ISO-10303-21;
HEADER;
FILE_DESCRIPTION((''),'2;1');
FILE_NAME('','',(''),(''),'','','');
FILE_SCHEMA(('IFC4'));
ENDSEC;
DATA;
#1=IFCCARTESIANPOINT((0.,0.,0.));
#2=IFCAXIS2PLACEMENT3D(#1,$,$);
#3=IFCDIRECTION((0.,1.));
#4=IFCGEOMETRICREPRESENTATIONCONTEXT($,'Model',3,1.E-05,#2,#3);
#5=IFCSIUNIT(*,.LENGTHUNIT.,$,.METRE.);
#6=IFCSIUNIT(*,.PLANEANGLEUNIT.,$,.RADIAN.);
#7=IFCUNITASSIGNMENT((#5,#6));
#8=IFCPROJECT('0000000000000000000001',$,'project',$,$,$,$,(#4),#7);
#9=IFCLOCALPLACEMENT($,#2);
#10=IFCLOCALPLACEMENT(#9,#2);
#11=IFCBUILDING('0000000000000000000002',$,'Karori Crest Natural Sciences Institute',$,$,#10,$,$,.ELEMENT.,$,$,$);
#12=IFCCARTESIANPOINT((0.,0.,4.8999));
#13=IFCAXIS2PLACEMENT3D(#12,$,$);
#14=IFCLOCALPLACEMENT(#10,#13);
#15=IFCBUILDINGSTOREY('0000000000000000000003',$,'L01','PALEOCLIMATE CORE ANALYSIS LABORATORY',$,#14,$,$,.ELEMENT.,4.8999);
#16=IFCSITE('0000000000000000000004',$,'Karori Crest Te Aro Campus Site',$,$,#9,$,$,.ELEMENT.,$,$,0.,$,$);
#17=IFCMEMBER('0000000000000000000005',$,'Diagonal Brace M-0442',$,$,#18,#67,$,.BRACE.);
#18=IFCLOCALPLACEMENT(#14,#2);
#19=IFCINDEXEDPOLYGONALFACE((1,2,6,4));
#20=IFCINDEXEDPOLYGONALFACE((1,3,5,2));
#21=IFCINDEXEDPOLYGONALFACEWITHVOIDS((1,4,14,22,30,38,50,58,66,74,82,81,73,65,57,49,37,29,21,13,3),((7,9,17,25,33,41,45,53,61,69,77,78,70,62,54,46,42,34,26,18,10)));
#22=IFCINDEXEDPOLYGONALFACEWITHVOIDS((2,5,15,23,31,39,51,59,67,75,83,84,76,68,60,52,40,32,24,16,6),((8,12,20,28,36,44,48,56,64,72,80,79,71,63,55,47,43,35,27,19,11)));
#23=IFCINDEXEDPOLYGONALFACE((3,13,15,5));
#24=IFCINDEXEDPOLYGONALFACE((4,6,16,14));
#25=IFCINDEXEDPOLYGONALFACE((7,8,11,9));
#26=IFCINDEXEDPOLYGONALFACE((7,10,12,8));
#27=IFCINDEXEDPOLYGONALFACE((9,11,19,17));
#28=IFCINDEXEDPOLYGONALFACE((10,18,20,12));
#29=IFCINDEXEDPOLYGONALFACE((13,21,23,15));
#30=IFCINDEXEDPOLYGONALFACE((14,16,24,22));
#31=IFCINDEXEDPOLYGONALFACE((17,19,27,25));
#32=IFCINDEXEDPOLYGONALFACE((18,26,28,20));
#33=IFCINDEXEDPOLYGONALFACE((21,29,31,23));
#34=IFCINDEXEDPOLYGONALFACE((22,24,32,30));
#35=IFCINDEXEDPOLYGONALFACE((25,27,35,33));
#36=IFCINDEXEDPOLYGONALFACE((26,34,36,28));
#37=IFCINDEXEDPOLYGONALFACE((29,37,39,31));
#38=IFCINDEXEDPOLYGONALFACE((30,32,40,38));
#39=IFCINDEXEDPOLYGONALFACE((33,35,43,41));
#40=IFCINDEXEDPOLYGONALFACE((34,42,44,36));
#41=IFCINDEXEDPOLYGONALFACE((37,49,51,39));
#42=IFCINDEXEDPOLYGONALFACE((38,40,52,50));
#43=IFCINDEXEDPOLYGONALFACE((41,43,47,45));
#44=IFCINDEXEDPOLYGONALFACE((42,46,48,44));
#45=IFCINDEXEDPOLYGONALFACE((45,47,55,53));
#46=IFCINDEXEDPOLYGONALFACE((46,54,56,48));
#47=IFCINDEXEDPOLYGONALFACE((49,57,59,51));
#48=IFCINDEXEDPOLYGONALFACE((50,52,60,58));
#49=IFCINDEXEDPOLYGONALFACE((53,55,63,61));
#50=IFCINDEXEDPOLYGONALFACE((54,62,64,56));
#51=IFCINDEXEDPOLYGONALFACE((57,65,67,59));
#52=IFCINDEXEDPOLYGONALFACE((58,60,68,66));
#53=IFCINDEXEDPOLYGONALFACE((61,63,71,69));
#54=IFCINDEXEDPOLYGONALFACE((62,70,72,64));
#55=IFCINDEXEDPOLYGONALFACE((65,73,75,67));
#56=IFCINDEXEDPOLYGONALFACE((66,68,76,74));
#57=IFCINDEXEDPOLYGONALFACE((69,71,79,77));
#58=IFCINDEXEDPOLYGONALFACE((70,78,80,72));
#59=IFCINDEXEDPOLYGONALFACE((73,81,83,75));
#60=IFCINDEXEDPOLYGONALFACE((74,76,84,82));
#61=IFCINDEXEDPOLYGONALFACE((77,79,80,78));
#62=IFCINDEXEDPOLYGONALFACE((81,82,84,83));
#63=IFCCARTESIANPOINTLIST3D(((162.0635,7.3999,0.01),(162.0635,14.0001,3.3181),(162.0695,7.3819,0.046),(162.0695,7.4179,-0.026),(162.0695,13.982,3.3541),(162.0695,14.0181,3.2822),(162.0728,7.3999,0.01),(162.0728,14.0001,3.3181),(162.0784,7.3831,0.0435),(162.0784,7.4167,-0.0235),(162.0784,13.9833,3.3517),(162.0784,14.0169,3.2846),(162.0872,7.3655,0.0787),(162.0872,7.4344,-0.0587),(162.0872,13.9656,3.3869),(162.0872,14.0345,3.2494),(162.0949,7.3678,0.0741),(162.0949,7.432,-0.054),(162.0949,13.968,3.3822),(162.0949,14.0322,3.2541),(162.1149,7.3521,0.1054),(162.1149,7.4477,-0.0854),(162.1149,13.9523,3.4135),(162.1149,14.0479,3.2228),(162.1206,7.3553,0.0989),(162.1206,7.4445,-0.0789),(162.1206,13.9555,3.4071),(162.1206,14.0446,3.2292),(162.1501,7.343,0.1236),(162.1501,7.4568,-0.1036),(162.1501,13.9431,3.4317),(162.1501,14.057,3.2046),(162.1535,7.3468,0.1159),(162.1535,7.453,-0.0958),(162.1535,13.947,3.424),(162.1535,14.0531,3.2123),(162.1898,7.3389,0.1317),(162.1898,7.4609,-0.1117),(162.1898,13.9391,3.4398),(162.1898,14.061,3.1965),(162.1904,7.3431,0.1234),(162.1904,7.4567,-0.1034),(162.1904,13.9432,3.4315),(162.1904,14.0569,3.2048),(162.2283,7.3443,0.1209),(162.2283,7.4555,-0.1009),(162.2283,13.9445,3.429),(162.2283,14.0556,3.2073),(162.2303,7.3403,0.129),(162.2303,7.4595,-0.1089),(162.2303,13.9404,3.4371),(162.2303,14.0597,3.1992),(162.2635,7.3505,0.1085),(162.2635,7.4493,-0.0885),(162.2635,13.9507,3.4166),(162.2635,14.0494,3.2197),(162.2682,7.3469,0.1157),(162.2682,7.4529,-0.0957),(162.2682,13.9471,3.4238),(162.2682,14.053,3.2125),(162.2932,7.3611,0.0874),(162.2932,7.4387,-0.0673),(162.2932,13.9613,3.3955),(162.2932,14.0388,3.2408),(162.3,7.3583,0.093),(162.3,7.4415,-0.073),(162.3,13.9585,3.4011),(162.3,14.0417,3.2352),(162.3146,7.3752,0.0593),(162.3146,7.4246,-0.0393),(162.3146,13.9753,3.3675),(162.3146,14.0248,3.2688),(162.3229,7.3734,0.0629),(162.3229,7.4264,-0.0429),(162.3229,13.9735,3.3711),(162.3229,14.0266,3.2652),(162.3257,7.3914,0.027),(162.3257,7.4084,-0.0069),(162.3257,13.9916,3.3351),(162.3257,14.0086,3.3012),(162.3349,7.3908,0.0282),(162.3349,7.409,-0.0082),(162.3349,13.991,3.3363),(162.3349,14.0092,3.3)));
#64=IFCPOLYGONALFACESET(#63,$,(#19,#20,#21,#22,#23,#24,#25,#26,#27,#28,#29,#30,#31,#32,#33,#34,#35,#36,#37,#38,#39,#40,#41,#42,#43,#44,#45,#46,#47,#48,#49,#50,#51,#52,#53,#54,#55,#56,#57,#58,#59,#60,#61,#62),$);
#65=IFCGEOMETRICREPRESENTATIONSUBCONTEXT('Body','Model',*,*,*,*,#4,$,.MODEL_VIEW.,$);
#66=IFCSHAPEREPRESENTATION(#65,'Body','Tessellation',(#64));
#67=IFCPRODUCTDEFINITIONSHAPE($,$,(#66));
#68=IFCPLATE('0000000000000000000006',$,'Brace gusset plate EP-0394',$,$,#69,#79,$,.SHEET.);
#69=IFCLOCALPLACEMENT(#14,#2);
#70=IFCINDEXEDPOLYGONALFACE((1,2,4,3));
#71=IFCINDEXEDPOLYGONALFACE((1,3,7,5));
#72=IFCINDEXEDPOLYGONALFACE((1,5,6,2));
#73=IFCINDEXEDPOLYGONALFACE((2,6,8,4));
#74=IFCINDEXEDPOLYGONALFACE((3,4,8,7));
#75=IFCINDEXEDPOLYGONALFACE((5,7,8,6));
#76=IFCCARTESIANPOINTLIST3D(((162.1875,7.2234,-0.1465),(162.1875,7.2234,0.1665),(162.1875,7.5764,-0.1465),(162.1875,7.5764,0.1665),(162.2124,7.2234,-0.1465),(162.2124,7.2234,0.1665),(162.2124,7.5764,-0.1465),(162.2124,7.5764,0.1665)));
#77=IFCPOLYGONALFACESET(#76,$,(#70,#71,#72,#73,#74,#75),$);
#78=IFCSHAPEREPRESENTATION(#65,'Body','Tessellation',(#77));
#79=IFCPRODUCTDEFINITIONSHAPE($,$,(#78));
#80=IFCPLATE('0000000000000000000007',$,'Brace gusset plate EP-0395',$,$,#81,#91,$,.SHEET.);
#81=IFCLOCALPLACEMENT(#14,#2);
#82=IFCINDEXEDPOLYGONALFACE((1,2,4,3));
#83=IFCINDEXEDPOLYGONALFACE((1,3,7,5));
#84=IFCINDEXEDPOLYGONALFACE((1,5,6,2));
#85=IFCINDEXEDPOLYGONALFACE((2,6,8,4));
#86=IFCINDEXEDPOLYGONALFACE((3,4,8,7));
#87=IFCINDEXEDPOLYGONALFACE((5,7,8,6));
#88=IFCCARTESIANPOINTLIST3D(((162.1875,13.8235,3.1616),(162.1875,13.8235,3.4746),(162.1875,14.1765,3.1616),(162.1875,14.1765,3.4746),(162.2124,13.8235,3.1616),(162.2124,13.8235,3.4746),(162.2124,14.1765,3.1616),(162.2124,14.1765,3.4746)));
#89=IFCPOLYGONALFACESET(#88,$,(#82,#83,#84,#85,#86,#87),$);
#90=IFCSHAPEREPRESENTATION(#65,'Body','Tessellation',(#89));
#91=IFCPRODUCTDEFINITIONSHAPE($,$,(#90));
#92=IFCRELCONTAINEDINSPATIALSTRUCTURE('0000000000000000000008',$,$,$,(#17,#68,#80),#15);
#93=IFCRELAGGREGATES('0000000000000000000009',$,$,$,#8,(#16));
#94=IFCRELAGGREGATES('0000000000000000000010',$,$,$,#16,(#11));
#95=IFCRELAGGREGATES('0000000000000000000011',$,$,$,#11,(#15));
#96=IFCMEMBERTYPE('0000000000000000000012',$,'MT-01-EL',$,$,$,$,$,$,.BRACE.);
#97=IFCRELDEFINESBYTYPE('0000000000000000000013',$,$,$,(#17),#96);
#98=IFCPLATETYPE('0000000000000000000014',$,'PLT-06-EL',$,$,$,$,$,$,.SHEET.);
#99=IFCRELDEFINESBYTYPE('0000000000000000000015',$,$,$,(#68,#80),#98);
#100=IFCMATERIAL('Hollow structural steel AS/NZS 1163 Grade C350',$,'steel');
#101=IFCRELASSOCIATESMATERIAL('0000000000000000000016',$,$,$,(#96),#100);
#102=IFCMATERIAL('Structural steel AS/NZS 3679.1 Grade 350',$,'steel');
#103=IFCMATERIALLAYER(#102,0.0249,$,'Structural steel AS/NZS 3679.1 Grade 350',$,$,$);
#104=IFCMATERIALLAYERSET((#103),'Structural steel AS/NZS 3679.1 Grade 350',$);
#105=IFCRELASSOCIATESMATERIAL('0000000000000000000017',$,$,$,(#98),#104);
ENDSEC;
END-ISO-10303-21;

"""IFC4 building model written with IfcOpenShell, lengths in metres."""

from ifc_helpers import new_model, si_unit, direction, frame, origin, origin_2d, place, context, subcontext, project, spatial, rectangle, hollow_circle, extrude, material, layer, layer_set, material_profile, profile_set, type_object, element, save


model = new_model("IFC4")

# Units and contexts
model_context = context("Model", 3, precision=1e-05, world=origin(), true_north=direction((0.0, 1.0)))
body_context = subcontext(model_context, "Body", "Model", "MODEL_VIEW")
ifc_project = project(units=[si_unit("LENGTHUNIT", "METRE"), si_unit("PLANEANGLEUNIT", "RADIAN")], contexts=[model_context])

# Site, building, storey
site_placement = place(None, origin())
site = spatial("IfcSite", under=ifc_project, at=site_placement, Name="Karori Crest Te Aro Campus Site", CompositionType="ELEMENT", RefElevation=0.0)
building_placement = place(site_placement, origin())
building = spatial("IfcBuilding", under=site, at=building_placement, Name="Karori Crest Natural Sciences Institute", CompositionType="ELEMENT")
storey_placement = place(building_placement, frame((0.0, 0.0, 4.8999)))
storey = spatial("IfcBuildingStorey", under=building, at=storey_placement, Name="L01", Description="PALEOCLIMATE CORE ANALYSIS LABORATORY", CompositionType="ELEMENT", Elevation=4.8999)

# Shared definitions
ifc_material_1 = material(Name="Structural steel AS/NZS 3679.1 Grade 350", Category="steel")

# Shared definitions
ifc_material_2 = material(Name="Hollow structural steel AS/NZS 1163 Grade C350", Category="steel")

# Member
ifc_material_profile_1 = material_profile(ifc_material_2, hollow_circle(Radius=0.1365, WallThickness=0.0093, at=origin_2d()), Name="CHS273.0x9.3")
ifc_profile_set_1 = profile_set([ifc_material_profile_1], Name="Hollow structural steel AS/NZS 1163 Grade C350")
member_type = type_object("IfcMemberType", Name="MT-01-EL", PredefinedType="BRACE", material=ifc_profile_set_1)
member_placement = place(storey_placement, frame((162.2, 7.3999, 0.01), z_axis=(0.0, 0.89399, 0.448086), x_axis=(-1.0, 0.0, 0.0)))
element("IfcMember", 1, at=member_placement, inside=storey, type_object=member_type, Name="Diagonal Brace M-0442", PredefinedType="BRACE", context=body_context, shape_type="SweptSolid", body=[
    extrude(hollow_circle(Radius=0.1365, WallThickness=0.0093, at=origin_2d()), origin(), (0.0, 0.0, 1.0), 7.3828),
])

# Plates
ifc_layer_1 = layer(ifc_material_1, 0.0249, Name="Structural steel AS/NZS 3679.1 Grade 350")
ifc_layer_set_1 = layer_set([ifc_layer_1], Name="Structural steel AS/NZS 3679.1 Grade 350")
plate_type = type_object("IfcPlateType", Name="PLT-06-EL", PredefinedType="SHEET", material=ifc_layer_set_1)
for number, where, z_axis, x_axis, name in (
    (2, (162.2, 7.3999, -0.1465), (0.0, 0.0, 1.0), (0.0, 1.0, 0.0), "Brace gusset plate EP-0394"),
    (3, (162.2, 14.0, 3.1616), (0.0, 0.0, 1.0), (0.0, 1.0, 0.0), "Brace gusset plate EP-0395"),
):
    element("IfcPlate", number, at=place(storey_placement, frame(where, z_axis=z_axis, x_axis=x_axis)), inside=storey, type_object=plate_type, Name=name, PredefinedType="SHEET", context=body_context, shape_type="SweptSolid", body=[
        extrude(rectangle(XDim=0.353, YDim=0.0249, at=origin_2d()), origin(), (0.0, 0.0, 1.0), 0.313),
    ])

save(model, "model.ifc")
